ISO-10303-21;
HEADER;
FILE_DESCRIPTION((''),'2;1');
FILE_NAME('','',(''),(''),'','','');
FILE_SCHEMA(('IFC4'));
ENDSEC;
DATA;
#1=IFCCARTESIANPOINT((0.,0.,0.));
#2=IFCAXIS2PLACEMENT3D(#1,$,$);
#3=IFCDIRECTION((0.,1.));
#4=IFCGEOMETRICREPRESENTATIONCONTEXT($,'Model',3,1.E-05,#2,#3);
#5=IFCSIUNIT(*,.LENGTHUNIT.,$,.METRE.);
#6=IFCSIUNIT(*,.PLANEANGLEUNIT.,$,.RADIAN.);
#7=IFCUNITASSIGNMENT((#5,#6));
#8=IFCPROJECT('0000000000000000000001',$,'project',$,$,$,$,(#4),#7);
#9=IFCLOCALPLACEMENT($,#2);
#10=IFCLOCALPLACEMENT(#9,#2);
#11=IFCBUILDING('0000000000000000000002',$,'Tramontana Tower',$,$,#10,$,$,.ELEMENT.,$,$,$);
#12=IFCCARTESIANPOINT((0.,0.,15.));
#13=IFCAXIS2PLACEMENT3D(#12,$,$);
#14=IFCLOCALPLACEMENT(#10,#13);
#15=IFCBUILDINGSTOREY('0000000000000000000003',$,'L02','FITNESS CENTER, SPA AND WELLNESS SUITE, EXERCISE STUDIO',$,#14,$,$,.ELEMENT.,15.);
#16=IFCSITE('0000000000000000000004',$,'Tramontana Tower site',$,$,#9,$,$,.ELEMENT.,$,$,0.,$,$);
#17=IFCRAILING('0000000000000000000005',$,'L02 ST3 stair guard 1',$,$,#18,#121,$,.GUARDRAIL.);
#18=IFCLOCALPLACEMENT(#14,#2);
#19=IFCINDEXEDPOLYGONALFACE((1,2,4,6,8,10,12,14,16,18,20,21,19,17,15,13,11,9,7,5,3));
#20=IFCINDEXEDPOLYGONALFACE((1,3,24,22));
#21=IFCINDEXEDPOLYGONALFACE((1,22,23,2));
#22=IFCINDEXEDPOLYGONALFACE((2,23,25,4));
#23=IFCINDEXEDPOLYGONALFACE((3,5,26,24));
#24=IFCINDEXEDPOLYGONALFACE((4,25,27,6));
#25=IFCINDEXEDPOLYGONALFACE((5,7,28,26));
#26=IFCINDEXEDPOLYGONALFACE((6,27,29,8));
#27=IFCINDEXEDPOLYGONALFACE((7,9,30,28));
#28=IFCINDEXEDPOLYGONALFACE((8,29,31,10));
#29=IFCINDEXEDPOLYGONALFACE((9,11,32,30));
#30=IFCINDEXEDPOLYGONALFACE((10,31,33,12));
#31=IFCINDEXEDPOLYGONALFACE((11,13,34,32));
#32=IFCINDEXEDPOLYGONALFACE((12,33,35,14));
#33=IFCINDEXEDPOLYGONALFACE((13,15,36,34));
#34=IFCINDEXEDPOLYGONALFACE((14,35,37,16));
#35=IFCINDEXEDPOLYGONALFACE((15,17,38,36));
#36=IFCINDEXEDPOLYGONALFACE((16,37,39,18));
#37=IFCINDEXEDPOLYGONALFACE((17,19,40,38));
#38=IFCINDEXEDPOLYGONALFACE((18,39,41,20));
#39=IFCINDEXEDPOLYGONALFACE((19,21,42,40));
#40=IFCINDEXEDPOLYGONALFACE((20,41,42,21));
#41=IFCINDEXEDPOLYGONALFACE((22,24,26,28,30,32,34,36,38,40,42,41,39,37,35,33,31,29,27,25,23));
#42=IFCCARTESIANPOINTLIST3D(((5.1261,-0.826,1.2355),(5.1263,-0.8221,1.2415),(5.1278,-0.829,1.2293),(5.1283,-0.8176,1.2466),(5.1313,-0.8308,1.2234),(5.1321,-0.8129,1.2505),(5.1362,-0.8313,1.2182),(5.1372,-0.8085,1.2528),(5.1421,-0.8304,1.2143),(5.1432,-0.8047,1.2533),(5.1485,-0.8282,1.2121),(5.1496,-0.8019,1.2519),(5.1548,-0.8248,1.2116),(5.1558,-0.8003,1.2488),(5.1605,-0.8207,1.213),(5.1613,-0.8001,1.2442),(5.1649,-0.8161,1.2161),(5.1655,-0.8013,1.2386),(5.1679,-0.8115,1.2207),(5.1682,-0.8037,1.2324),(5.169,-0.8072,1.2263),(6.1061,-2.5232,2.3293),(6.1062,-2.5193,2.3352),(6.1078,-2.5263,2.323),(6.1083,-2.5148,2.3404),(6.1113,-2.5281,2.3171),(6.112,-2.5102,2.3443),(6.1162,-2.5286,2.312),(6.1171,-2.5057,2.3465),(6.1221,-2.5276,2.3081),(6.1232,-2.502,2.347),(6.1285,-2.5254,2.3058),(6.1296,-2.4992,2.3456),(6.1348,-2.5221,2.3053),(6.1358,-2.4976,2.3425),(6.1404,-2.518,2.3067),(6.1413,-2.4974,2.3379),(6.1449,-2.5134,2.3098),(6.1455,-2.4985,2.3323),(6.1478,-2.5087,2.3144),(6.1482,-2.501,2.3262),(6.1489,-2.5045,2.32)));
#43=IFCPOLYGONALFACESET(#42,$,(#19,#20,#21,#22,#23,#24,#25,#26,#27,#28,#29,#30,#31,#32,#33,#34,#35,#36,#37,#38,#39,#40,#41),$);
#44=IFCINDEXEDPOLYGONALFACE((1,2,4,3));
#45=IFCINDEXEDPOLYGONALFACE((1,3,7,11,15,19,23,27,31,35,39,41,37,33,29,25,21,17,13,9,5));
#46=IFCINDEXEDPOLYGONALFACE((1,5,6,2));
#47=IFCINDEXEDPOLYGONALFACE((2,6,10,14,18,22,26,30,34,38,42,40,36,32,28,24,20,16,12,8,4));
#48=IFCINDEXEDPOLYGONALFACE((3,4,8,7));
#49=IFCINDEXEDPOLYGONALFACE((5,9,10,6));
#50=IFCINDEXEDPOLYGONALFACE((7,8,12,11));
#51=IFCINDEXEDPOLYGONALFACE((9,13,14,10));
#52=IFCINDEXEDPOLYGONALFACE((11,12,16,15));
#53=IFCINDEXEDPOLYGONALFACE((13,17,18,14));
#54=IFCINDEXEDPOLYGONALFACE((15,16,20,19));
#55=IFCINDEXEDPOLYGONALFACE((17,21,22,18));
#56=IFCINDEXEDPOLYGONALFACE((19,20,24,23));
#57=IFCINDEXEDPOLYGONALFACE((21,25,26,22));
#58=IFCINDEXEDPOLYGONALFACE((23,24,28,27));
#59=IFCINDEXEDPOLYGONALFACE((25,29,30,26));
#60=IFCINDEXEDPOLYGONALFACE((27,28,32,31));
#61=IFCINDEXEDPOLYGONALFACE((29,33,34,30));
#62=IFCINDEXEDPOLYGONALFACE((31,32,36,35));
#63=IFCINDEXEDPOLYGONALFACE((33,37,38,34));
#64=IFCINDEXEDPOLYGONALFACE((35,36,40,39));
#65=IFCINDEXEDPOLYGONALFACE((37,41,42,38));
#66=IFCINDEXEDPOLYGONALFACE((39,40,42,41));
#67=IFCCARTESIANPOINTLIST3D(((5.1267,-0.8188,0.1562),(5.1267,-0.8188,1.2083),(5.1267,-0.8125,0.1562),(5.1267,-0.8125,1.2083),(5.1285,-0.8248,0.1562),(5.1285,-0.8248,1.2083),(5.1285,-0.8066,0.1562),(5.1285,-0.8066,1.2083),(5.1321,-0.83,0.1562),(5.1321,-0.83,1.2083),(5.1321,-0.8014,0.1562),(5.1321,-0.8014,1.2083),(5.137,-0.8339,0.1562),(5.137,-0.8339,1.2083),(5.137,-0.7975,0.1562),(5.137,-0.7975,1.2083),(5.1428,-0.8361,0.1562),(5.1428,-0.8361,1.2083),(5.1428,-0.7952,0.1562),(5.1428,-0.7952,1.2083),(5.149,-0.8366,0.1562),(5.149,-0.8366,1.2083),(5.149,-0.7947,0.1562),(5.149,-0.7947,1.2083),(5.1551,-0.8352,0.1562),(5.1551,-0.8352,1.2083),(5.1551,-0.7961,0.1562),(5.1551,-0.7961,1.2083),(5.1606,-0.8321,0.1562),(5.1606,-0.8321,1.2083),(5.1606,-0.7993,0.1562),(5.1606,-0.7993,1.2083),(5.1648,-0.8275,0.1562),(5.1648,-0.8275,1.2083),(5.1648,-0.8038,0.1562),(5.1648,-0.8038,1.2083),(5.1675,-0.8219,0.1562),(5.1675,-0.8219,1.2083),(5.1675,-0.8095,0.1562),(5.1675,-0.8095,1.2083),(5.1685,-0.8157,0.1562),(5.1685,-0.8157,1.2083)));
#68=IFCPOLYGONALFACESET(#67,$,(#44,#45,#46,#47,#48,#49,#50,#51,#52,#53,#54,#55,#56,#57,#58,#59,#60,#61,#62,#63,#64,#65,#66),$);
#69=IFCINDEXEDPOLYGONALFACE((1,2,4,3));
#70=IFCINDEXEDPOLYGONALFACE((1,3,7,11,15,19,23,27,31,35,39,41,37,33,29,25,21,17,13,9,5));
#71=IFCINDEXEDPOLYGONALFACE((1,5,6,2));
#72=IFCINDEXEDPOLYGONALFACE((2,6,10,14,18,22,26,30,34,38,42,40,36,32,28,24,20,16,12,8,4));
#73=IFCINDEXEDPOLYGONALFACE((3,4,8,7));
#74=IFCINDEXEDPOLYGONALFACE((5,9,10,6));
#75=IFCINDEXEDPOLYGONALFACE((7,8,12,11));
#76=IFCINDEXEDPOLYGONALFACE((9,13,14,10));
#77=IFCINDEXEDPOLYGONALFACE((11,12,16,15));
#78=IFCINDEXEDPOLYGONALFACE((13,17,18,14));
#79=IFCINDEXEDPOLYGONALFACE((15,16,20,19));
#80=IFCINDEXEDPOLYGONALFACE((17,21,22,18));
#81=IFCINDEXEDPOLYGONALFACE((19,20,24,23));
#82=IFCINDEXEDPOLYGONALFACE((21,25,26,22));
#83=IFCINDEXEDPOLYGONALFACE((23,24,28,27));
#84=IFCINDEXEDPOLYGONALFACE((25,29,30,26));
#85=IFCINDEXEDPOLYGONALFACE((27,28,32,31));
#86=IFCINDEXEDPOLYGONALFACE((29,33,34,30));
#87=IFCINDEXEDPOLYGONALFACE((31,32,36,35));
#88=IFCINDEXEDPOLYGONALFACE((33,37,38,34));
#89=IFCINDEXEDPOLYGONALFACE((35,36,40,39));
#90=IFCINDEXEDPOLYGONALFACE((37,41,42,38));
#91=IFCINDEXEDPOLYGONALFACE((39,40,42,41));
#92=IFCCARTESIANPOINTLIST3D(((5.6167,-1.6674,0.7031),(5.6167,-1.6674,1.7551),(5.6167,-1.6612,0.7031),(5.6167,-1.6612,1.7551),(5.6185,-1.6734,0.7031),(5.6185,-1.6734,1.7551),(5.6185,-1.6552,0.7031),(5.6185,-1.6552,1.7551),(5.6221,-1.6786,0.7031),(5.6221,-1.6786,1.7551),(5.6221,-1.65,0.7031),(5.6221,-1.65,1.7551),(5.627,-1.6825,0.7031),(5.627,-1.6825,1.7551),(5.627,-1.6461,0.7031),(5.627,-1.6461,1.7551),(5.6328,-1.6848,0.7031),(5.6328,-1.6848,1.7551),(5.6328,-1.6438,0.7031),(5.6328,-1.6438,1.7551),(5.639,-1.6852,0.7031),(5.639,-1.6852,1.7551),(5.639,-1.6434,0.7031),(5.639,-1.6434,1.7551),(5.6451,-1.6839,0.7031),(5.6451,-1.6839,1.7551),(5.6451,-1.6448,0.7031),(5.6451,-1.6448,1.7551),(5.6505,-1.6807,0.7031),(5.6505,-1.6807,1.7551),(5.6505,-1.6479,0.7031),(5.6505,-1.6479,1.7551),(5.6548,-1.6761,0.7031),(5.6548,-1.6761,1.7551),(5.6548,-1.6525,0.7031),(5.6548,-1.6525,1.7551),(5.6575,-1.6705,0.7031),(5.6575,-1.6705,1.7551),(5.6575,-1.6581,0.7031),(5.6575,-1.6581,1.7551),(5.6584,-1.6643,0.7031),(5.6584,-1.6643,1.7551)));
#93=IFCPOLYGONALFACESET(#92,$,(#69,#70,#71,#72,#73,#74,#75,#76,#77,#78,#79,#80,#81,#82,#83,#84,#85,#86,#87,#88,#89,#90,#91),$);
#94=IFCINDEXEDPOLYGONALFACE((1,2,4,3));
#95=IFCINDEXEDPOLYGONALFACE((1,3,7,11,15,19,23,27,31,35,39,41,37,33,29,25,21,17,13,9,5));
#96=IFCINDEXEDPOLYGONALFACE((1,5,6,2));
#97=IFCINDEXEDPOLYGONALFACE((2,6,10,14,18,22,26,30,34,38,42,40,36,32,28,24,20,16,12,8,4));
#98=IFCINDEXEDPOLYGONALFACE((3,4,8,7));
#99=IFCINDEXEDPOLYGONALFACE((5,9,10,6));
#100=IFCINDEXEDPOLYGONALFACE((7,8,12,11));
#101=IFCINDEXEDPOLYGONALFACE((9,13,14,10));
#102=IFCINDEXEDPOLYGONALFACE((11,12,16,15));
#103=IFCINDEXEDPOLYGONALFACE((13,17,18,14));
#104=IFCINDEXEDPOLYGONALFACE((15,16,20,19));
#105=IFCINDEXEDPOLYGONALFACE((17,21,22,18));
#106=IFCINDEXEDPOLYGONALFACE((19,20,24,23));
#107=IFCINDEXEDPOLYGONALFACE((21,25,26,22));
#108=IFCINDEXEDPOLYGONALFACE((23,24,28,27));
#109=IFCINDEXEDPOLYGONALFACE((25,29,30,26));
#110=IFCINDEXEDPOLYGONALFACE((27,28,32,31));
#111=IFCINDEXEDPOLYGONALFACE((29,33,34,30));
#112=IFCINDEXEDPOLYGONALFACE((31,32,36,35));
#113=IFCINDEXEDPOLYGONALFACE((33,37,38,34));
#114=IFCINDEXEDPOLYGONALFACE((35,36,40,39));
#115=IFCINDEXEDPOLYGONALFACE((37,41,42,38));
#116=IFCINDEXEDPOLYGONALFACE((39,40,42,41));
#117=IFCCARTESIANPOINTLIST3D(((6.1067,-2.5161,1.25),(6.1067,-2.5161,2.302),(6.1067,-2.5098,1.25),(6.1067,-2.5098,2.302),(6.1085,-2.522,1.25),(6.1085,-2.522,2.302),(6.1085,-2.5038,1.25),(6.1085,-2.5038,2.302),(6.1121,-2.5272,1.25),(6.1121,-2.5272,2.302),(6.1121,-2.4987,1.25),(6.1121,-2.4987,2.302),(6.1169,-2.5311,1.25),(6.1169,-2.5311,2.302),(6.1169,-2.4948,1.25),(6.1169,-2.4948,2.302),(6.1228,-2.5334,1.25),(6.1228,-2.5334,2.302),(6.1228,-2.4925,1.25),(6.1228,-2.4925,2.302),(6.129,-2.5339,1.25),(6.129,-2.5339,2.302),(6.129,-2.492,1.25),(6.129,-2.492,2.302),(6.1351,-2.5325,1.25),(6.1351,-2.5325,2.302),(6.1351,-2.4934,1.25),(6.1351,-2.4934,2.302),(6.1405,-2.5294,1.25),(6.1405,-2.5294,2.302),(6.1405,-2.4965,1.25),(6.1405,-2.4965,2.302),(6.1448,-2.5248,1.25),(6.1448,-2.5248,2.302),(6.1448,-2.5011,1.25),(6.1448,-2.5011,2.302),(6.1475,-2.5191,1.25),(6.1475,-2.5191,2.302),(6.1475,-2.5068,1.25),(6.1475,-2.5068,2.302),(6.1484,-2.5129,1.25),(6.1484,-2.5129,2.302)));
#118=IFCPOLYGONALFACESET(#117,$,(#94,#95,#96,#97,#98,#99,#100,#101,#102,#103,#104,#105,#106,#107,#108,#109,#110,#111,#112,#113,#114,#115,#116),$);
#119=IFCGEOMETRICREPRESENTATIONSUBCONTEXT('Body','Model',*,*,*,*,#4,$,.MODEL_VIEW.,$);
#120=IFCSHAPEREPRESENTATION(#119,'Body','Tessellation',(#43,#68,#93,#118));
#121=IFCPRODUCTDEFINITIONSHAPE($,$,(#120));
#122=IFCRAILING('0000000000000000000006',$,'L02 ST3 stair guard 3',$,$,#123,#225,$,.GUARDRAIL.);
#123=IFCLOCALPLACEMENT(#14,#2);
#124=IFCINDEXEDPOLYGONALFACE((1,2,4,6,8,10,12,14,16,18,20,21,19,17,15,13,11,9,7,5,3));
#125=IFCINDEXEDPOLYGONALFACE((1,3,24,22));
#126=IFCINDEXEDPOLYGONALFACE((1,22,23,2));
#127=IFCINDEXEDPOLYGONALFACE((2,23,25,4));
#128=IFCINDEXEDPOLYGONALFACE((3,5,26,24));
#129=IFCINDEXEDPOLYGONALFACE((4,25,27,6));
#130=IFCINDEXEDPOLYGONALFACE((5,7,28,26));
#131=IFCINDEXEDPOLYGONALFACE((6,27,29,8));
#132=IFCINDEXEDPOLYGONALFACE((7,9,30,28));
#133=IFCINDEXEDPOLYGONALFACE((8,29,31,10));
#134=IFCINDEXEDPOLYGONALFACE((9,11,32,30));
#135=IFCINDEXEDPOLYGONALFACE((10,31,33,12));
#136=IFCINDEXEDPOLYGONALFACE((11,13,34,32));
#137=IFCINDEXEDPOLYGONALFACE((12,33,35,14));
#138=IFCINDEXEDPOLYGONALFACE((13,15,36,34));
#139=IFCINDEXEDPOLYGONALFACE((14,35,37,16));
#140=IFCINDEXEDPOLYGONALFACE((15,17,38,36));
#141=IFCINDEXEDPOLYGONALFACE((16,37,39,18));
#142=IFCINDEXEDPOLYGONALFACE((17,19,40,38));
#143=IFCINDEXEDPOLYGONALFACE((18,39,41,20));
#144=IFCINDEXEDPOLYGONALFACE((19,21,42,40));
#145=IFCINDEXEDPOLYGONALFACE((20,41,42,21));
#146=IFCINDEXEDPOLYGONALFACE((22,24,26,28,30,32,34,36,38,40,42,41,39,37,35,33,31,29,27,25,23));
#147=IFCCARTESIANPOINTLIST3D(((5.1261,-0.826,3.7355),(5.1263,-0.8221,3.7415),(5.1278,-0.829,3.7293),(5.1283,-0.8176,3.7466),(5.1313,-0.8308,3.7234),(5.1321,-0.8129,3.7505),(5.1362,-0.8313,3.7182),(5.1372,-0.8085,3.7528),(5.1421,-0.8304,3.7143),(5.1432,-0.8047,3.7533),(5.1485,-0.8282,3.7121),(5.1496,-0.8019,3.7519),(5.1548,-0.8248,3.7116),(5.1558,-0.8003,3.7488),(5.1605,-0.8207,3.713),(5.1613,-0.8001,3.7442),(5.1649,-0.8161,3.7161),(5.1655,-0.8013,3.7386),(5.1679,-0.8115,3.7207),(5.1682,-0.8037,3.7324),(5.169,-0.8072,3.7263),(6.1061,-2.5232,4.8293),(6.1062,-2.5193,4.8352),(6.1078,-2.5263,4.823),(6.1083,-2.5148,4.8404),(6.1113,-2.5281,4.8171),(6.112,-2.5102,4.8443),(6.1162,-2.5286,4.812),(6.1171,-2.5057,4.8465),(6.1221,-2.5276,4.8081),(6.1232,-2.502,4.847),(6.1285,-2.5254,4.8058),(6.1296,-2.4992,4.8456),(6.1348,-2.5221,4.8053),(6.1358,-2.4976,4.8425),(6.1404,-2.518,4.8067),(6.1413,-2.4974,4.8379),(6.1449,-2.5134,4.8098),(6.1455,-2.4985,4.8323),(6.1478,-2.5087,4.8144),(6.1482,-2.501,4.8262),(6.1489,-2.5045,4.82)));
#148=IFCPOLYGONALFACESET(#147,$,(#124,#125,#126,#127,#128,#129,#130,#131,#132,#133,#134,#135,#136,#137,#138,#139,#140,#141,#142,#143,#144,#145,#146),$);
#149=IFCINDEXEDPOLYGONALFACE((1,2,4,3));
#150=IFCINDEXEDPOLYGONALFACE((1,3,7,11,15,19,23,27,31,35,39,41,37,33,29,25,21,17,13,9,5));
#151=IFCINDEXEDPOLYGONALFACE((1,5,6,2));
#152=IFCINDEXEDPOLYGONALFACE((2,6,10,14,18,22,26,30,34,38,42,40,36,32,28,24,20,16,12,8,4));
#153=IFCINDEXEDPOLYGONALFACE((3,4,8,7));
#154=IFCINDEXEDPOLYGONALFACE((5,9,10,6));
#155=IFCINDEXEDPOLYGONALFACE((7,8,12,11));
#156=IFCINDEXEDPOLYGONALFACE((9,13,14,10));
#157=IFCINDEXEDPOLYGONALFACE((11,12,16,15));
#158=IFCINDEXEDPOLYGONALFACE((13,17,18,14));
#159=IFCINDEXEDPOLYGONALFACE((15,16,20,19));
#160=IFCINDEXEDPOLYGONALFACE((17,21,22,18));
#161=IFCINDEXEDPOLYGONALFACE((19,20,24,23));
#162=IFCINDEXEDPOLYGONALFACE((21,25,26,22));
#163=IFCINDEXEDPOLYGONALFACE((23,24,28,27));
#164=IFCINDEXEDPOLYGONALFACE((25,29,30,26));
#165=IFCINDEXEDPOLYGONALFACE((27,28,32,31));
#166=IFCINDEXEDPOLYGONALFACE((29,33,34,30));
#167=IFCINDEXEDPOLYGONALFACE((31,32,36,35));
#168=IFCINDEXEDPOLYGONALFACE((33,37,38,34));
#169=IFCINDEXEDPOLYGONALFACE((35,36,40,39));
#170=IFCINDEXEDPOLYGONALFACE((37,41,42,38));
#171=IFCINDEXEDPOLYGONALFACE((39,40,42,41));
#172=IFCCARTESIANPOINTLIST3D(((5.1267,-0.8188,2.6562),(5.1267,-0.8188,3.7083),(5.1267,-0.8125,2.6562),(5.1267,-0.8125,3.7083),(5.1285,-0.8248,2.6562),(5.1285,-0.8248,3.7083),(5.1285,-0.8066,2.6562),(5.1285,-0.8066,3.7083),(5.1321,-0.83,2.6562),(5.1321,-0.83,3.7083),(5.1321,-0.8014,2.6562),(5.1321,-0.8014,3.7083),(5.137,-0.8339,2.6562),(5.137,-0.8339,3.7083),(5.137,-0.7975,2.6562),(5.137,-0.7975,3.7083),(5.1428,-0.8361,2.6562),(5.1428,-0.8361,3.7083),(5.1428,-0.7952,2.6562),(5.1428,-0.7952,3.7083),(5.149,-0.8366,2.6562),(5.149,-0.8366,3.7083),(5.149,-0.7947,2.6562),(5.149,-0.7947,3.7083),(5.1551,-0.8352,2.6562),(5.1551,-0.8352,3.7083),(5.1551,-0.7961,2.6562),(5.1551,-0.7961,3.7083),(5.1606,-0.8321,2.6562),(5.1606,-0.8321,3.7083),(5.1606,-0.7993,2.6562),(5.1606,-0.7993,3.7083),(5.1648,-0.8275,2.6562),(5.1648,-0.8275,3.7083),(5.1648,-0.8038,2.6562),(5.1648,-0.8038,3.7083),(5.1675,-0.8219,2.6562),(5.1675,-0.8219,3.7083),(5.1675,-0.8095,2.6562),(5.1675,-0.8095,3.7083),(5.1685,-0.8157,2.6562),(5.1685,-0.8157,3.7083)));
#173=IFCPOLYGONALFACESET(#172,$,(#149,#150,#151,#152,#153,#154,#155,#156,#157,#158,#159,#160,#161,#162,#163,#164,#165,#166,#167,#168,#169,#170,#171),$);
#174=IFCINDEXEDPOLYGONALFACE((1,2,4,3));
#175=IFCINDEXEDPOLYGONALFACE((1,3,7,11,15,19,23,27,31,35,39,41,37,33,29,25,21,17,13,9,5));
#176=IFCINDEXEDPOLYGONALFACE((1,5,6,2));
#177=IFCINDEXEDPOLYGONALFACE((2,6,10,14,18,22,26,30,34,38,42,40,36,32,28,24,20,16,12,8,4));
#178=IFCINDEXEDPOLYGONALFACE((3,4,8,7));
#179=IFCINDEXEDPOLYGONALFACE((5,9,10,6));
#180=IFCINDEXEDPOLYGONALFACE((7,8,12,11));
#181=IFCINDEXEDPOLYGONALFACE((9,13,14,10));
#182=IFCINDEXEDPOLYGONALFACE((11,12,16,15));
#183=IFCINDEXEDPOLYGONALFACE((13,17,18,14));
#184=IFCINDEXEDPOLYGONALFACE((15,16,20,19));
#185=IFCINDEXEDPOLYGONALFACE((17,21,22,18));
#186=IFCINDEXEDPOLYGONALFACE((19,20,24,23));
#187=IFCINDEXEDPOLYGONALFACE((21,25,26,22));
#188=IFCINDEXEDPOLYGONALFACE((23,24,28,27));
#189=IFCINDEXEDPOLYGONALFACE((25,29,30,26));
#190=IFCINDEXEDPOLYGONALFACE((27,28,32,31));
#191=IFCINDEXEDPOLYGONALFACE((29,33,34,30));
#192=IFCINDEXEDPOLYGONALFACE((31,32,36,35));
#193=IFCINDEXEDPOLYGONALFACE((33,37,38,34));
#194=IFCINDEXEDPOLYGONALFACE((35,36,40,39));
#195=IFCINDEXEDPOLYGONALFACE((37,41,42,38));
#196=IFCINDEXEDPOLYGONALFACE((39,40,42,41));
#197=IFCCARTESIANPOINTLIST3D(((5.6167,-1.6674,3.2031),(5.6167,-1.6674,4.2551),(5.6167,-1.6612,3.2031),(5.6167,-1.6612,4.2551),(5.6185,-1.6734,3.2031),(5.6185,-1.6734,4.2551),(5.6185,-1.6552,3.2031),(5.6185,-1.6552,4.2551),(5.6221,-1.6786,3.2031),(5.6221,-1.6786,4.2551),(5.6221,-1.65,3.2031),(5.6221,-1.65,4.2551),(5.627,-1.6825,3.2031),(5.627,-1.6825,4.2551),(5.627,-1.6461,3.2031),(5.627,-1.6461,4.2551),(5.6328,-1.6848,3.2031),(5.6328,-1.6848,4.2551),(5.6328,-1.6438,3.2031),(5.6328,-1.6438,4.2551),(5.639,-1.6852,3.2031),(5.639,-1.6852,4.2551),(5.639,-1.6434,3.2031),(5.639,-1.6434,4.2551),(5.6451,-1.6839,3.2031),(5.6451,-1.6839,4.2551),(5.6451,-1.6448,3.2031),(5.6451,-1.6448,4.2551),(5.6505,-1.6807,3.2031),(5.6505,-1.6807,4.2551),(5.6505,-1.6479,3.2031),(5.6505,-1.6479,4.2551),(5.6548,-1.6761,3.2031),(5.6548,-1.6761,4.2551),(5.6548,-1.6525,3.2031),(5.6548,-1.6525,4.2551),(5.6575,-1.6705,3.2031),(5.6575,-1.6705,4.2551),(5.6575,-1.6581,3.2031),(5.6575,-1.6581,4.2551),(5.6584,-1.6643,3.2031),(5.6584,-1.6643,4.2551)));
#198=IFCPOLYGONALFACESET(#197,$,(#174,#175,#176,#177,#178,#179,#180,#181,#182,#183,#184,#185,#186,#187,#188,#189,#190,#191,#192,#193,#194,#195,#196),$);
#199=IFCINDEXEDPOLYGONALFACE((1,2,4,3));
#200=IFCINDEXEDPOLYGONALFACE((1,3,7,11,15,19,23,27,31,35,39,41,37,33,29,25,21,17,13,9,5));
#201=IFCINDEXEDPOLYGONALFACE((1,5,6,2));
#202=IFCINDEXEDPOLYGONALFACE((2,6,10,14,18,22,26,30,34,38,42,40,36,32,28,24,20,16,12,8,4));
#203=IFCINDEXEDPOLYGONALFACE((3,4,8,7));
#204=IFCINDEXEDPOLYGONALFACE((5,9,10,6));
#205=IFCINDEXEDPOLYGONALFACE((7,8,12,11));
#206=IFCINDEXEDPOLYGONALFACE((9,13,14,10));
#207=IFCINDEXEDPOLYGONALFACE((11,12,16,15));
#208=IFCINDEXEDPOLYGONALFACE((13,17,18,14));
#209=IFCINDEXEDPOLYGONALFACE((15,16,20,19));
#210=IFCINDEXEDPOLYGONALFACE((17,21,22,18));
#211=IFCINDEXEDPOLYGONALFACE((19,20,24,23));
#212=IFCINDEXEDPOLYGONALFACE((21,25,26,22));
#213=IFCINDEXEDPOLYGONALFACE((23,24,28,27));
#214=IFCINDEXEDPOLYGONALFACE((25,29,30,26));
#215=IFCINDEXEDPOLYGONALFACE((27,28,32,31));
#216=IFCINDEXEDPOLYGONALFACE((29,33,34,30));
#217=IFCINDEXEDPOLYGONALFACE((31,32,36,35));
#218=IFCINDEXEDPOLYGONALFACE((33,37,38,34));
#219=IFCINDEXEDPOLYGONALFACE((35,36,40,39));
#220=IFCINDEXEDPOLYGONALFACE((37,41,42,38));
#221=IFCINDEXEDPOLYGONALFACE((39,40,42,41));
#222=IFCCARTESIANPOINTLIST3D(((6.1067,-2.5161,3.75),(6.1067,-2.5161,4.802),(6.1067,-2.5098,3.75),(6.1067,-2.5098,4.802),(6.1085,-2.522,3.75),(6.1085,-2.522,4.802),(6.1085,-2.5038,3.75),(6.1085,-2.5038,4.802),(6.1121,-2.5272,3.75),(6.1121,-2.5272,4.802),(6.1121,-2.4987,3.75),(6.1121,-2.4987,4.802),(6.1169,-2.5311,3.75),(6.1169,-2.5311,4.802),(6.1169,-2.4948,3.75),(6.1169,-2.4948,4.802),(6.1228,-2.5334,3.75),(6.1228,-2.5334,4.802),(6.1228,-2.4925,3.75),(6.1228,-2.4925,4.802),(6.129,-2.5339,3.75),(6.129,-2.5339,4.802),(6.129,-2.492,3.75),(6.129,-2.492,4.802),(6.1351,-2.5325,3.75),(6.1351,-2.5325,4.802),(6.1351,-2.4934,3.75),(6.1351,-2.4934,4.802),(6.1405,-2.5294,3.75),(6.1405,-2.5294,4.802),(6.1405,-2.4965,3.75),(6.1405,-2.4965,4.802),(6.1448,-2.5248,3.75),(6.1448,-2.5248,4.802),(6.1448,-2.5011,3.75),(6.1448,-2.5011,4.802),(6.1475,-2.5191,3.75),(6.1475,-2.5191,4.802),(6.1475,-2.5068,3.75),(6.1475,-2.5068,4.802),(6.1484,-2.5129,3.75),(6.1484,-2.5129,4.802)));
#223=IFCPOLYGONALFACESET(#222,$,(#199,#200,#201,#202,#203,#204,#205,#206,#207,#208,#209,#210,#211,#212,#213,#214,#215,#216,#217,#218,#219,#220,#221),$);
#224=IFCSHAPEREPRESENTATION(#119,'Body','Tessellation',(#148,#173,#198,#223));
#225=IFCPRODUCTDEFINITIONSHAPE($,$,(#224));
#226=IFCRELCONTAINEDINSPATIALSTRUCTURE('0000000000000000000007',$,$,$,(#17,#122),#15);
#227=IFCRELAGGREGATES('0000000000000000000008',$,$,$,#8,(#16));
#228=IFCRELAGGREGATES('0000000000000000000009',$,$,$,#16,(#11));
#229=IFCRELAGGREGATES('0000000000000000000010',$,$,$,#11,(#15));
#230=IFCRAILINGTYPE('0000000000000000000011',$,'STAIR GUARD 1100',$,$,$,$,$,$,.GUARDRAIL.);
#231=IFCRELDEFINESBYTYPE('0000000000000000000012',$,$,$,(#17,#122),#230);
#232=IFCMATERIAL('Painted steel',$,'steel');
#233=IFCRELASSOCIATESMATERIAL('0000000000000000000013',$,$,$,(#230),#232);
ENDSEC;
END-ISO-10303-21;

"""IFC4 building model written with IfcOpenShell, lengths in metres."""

from ifc_helpers import new_model, si_unit, direction, frame, origin, origin_2d, place, context, subcontext, project, spatial, circle, extrude, material, type_object, element, save


model = new_model("IFC4")

# Units and contexts
model_context = context("Model", 3, precision=1e-05, world=origin(), true_north=direction((0.0, 1.0)))
body_context = subcontext(model_context, "Body", "Model", "MODEL_VIEW")
ifc_project = project(units=[si_unit("LENGTHUNIT", "METRE"), si_unit("PLANEANGLEUNIT", "RADIAN")], contexts=[model_context])

# Site, building, storey
site_placement = place(None, origin())
site = spatial("IfcSite", under=ifc_project, at=site_placement, Name="Tramontana Tower site", CompositionType="ELEMENT", RefElevation=0.0)
building_placement = place(site_placement, origin())
building = spatial("IfcBuilding", under=site, at=building_placement, Name="Tramontana Tower", CompositionType="ELEMENT")
storey_placement = place(building_placement, frame((0.0, 0.0, 15.0)))
storey = spatial("IfcBuildingStorey", under=building, at=storey_placement, Name="L02", Description="FITNESS CENTER, SPA AND WELLNESS SUITE, EXERCISE STUDIO", CompositionType="ELEMENT", Elevation=15.0)

# Railings
ifc_material_1 = material(Name="Painted steel", Category="steel")
railing_type = type_object("IfcRailingType", Name="STAIR GUARD 1100", PredefinedType="GUARDRAIL", material=ifc_material_1)
for number, where, name in (
    (1, (5.1475, -0.8157, 0.1562), "L02 ST3 stair guard 1"),
    (2, (5.1475, -0.8157, 2.6562), "L02 ST3 stair guard 3"),
):
    element("IfcRailing", number, at=place(storey_placement, frame(where)), inside=storey, type_object=railing_type, Name=name, PredefinedType="GUARDRAIL", context=body_context, shape_type="SweptSolid", body=[
        extrude(circle(Radius=0.0239, at=origin_2d()), frame((0.0, 0.0, 1.0762), z_axis=(0.436632, -0.75622, 0.487323), x_axis=(0.866011, 0.500024, 0.0)), (0.0, 0.0, 1.0), 2.2444),
        extrude(circle(Radius=0.021, at=origin_2d()), origin(), (0.0, 0.0, 1.0), 1.052),
        extrude(circle(Radius=0.021, at=origin_2d()), frame((0.49, -0.8486, 0.5469)), (0.0, 0.0, 1.0), 1.052),
        extrude(circle(Radius=0.021, at=origin_2d()), frame((0.98, -1.6973, 1.0938)), (0.0, 0.0, 1.0), 1.052),
    ])

save(model, "model.ifc")
